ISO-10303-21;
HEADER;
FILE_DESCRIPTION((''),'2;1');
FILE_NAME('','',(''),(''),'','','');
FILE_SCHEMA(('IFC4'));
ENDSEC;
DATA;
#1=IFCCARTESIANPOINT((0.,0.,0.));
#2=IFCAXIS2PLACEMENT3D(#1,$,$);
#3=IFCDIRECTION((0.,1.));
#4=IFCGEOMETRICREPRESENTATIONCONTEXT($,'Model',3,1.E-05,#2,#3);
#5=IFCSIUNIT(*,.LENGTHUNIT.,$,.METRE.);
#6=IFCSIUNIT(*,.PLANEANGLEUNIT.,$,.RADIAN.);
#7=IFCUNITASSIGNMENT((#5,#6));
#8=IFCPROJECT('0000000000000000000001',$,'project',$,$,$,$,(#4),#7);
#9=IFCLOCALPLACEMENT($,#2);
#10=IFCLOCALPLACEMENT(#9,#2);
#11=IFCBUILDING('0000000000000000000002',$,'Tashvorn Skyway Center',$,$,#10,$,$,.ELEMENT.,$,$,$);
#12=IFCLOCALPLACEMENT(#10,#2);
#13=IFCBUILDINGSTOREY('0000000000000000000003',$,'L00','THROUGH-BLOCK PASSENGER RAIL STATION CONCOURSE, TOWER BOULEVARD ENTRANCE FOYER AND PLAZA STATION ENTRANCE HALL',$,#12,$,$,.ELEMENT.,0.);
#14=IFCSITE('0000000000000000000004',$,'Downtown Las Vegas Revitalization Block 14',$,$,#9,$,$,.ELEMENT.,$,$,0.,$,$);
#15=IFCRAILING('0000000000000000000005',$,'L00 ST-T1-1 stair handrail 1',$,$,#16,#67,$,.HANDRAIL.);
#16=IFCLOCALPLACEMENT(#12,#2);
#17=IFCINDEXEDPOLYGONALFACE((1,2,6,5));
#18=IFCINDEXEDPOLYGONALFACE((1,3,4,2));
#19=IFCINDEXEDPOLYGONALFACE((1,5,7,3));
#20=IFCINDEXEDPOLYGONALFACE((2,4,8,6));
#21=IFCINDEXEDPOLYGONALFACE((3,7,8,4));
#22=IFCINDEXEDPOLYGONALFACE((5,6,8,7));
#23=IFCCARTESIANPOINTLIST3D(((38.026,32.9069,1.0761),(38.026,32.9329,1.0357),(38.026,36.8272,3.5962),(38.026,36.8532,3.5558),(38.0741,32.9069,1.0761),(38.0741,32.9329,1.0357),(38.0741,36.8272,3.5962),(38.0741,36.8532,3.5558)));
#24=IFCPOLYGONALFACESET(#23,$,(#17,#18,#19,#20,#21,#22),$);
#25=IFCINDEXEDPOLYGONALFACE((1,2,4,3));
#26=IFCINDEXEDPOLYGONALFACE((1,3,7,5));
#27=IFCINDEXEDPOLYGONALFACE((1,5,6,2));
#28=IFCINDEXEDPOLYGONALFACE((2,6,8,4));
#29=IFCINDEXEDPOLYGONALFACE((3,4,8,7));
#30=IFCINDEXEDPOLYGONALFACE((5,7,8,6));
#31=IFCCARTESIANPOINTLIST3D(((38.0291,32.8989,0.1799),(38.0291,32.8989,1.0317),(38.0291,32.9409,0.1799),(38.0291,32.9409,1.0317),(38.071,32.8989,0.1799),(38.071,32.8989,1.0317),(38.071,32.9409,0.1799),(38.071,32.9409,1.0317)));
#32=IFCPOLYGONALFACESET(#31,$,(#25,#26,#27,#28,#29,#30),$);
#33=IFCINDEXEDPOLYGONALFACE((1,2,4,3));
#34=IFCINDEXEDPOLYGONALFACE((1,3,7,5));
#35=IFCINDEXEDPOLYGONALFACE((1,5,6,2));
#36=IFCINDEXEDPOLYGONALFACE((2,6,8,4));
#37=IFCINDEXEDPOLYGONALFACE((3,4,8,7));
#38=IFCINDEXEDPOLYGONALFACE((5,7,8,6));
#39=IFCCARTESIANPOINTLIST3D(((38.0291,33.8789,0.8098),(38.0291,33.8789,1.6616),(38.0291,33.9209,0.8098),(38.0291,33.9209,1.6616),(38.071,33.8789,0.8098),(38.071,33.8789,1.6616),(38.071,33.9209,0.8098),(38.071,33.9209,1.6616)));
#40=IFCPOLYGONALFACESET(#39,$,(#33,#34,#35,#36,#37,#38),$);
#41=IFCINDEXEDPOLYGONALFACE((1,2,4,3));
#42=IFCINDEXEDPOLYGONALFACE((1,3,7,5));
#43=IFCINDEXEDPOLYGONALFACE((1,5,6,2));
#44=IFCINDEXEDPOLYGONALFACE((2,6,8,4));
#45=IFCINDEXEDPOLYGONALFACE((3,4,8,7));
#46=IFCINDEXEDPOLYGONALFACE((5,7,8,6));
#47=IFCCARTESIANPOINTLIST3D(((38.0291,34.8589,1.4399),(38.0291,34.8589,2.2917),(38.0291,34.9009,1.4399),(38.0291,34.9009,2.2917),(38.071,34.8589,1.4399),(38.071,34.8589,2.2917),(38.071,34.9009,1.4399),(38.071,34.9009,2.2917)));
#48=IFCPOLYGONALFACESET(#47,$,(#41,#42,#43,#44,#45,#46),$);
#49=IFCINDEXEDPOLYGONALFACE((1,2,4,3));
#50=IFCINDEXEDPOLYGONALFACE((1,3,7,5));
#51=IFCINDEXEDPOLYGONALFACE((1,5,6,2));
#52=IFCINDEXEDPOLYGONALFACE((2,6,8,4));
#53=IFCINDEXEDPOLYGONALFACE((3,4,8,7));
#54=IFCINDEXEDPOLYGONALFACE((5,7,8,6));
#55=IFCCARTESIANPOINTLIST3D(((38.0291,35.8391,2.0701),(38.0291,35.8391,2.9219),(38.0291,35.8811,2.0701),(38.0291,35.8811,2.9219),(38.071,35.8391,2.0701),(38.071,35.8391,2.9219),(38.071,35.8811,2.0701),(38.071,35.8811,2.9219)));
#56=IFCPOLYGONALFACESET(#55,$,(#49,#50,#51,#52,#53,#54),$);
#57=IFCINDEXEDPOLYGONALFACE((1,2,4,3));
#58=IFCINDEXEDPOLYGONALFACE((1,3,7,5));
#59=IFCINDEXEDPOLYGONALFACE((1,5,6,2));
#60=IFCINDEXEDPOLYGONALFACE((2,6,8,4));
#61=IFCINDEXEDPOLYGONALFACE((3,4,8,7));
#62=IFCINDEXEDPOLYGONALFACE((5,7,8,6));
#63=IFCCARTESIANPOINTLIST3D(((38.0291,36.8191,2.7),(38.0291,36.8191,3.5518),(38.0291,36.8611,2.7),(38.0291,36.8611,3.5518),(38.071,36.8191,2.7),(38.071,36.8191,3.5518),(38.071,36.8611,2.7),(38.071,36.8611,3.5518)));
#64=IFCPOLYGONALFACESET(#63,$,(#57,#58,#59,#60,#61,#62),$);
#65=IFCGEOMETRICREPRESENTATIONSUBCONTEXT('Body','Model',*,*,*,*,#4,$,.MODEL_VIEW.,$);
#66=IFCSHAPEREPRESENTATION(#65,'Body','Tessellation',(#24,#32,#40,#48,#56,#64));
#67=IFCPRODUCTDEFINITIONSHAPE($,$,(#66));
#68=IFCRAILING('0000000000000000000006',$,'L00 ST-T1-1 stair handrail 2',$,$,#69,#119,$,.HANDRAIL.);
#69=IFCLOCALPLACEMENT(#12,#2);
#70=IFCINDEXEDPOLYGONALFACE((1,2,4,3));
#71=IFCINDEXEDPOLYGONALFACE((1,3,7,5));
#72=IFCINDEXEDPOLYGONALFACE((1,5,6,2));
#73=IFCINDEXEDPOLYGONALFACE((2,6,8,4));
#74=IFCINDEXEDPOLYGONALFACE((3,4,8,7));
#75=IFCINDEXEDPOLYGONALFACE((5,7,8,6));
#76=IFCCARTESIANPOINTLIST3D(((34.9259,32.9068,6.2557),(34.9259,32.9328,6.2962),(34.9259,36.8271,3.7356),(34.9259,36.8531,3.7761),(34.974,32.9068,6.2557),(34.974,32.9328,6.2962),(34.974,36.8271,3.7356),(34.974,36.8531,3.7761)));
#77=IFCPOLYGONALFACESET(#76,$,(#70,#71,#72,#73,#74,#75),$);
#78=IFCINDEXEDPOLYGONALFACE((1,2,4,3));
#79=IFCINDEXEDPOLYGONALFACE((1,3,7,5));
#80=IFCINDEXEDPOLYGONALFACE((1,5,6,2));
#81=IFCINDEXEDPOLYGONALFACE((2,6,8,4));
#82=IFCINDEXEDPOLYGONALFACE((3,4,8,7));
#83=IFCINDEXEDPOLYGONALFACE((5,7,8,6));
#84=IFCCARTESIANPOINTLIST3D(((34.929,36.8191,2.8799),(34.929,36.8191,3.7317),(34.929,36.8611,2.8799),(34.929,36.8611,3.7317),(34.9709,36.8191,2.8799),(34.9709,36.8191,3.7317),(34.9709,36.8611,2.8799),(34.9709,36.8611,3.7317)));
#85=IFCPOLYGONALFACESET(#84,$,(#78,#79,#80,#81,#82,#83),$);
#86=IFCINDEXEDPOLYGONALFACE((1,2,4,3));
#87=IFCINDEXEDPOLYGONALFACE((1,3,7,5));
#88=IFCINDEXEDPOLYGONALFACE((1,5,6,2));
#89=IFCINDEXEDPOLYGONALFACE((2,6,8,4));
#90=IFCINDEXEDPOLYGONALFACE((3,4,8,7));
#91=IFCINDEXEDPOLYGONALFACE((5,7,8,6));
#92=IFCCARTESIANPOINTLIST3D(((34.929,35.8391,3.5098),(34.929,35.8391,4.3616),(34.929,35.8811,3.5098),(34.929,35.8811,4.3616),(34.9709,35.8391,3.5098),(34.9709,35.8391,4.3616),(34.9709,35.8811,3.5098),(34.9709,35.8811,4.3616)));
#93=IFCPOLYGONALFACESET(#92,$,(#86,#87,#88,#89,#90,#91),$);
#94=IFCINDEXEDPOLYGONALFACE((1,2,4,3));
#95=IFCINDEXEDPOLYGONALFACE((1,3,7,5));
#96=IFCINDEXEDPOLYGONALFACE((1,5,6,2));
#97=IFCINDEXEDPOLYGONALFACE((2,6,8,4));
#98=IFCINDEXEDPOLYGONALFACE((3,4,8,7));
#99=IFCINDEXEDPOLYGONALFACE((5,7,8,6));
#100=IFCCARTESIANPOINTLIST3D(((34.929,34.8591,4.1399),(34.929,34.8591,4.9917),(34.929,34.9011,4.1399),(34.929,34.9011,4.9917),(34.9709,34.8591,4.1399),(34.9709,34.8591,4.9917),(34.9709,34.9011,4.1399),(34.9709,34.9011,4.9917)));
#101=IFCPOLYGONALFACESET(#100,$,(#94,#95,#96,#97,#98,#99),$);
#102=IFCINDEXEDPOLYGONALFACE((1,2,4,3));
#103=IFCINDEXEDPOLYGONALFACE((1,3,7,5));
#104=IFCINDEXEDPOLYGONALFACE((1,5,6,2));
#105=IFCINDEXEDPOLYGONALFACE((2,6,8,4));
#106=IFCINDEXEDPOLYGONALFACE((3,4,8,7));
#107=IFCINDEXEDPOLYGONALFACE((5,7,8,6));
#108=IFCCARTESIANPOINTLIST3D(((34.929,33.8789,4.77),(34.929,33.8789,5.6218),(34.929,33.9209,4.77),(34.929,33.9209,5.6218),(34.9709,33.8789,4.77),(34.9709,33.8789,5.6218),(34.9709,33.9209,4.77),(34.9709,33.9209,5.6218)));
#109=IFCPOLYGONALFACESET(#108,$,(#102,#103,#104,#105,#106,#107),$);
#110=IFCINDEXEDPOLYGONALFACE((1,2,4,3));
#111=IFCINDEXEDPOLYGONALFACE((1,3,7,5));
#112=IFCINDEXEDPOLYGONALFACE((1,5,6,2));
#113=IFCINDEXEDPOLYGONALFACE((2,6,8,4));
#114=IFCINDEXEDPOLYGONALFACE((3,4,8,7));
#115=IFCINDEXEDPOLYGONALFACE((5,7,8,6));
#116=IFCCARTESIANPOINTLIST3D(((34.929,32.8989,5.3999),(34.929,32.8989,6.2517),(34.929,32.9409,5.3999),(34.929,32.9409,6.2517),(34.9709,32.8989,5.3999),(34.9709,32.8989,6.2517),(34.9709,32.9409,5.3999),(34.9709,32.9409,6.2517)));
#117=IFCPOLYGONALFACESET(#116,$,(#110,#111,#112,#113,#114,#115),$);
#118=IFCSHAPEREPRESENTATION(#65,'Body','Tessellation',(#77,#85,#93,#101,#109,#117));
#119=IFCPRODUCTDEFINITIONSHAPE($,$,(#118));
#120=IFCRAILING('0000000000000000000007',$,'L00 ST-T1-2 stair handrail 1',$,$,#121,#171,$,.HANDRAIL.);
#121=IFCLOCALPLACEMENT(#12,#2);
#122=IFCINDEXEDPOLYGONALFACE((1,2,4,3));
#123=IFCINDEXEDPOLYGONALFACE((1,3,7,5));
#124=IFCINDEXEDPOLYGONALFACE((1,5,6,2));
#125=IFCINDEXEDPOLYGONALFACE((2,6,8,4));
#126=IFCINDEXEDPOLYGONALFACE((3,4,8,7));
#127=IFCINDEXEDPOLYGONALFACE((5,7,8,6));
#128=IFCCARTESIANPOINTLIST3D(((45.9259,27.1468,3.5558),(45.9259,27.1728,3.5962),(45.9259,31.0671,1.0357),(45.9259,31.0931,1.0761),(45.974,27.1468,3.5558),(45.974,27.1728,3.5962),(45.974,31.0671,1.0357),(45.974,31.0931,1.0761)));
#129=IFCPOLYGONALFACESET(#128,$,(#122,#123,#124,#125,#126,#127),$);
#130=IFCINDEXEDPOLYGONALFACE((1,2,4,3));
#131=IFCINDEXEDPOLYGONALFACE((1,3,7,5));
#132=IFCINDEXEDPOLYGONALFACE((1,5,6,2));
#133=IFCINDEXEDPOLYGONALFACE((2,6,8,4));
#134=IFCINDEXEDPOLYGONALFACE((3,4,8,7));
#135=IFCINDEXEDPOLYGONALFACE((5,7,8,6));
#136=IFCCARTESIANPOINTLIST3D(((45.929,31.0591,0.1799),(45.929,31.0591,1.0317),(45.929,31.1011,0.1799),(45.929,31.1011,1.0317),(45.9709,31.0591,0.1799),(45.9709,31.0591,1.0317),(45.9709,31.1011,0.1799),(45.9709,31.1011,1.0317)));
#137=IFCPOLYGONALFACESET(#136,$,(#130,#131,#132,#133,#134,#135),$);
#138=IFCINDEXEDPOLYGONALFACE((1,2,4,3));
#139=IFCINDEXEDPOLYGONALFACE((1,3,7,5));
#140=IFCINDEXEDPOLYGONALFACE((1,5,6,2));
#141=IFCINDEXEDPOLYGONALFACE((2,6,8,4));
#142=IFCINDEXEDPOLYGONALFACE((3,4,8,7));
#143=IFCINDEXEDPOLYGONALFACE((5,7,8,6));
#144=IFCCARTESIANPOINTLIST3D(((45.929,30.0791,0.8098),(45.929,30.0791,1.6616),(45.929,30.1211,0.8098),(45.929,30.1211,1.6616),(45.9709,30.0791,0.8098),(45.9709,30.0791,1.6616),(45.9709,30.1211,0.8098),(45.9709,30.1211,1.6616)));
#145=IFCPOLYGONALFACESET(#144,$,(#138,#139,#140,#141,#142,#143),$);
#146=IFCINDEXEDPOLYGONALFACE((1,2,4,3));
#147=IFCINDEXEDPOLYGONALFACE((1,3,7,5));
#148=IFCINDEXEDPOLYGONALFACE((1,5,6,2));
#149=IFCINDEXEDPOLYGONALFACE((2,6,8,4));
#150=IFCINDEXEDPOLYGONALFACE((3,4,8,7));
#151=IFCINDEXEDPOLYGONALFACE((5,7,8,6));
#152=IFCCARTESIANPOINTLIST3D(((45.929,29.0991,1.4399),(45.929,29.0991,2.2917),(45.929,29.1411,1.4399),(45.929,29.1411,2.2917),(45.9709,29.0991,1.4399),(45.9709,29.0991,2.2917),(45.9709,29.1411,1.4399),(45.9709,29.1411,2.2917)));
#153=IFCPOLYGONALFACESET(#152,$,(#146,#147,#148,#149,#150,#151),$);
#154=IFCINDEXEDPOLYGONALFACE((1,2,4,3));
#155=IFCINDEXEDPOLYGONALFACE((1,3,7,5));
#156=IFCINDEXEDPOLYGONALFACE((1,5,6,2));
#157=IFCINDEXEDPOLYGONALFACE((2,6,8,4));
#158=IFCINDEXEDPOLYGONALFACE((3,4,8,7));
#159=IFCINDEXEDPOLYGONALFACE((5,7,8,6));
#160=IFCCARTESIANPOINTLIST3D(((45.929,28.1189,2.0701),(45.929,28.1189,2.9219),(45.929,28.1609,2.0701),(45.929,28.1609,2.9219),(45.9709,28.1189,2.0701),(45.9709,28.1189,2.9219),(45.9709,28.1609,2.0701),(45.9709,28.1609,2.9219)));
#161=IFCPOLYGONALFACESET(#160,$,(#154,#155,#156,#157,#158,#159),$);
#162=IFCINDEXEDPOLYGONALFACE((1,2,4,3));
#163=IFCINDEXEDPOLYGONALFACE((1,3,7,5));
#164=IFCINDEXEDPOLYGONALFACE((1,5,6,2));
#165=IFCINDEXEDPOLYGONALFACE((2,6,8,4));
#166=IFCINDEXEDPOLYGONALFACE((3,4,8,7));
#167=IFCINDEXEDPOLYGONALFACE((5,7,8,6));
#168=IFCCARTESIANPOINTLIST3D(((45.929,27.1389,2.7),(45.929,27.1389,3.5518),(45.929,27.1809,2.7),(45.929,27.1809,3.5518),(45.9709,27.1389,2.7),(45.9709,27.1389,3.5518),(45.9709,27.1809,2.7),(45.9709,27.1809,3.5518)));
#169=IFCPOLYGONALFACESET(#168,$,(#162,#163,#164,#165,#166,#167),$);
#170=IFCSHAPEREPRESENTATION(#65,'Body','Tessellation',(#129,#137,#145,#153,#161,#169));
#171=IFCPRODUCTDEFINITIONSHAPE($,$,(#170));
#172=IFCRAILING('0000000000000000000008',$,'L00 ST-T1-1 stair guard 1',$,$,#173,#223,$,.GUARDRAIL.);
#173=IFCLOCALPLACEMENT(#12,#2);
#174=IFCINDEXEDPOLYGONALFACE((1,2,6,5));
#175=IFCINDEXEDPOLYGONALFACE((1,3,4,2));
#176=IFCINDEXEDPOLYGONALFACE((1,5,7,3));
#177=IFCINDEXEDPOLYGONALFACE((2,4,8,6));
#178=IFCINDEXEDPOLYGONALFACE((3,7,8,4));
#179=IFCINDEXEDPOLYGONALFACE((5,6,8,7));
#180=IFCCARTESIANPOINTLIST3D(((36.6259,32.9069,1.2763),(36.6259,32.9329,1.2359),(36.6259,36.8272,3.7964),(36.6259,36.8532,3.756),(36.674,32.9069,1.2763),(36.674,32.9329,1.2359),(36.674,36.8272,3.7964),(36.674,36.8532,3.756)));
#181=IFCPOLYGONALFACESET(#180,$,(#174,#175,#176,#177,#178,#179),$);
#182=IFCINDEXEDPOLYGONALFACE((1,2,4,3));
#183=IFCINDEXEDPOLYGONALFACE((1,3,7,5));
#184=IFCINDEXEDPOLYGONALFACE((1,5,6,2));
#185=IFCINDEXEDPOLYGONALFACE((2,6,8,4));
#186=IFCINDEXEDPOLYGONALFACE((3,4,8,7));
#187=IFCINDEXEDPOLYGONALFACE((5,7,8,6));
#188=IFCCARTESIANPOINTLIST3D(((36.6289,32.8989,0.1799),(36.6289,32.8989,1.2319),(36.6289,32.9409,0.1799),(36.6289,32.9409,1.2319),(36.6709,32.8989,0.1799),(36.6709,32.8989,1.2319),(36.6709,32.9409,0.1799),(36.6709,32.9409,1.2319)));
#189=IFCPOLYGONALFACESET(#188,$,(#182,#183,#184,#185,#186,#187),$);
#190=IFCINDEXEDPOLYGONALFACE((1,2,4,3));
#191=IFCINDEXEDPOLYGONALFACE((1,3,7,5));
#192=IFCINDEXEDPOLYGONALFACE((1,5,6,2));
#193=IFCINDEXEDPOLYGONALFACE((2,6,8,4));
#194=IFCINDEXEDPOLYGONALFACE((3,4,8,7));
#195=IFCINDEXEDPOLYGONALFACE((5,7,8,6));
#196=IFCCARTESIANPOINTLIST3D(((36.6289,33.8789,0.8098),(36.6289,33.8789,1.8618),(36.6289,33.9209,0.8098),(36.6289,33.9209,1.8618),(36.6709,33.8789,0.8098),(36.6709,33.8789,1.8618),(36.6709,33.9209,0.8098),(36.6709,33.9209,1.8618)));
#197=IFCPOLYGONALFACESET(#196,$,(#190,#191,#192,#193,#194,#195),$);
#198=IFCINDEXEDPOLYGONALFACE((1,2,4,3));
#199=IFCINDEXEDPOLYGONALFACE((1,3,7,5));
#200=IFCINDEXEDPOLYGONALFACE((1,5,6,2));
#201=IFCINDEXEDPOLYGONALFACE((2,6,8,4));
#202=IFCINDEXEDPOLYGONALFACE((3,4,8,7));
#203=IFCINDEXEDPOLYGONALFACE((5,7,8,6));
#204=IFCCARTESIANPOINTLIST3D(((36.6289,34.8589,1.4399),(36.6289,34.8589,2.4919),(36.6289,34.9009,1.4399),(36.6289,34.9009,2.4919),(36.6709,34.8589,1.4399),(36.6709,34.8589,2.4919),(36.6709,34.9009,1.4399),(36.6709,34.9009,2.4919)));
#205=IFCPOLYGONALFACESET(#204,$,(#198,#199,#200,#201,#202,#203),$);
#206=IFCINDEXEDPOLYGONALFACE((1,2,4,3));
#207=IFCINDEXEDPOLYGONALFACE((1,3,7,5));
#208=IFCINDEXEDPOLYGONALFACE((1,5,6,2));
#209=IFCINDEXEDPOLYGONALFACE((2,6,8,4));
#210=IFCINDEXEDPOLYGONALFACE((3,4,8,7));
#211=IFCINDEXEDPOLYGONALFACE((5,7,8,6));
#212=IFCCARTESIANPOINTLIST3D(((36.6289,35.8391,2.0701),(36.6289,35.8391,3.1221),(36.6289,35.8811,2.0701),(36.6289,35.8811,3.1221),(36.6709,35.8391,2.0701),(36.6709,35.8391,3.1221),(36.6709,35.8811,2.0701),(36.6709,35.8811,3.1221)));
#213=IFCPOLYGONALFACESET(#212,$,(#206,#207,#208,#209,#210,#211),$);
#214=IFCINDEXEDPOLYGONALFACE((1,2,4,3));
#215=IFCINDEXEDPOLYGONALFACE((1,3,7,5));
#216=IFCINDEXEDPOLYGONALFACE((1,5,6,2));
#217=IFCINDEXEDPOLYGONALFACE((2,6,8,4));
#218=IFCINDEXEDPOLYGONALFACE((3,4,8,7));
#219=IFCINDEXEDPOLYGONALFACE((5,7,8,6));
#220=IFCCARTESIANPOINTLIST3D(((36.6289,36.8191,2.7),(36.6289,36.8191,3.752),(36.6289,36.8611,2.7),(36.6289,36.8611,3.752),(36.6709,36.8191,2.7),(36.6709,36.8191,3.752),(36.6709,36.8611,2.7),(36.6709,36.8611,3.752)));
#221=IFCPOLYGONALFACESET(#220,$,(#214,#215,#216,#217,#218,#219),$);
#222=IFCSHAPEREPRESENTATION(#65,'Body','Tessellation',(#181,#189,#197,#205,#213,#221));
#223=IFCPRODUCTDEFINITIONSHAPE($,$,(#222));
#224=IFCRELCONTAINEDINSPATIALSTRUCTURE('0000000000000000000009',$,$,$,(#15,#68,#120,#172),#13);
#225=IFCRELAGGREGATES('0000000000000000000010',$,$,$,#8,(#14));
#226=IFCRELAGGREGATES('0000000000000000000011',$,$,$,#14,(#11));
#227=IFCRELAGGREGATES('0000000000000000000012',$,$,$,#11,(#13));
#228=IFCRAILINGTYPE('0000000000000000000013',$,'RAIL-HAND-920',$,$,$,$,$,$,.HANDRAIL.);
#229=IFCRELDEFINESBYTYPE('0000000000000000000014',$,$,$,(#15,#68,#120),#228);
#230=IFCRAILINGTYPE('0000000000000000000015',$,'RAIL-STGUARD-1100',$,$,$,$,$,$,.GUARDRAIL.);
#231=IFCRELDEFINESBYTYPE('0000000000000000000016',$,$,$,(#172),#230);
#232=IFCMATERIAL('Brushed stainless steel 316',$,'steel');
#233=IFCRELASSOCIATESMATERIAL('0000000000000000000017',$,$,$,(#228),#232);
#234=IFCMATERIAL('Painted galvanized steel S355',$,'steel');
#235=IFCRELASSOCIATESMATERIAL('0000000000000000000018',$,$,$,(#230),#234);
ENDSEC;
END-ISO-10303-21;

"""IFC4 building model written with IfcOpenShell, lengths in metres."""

from ifc_helpers import new_model, si_unit, direction, frame, origin, origin_2d, place, context, subcontext, project, spatial, rectangle, extrude, material, type_object, element, save


model = new_model("IFC4")

# Units and contexts
model_context = context("Model", 3, precision=1e-05, world=origin(), true_north=direction((0.0, 1.0)))
body_context = subcontext(model_context, "Body", "Model", "MODEL_VIEW")
ifc_project = project(units=[si_unit("LENGTHUNIT", "METRE"), si_unit("PLANEANGLEUNIT", "RADIAN")], contexts=[model_context])

# Site, building, storey
site_placement = place(None, origin())
site = spatial("IfcSite", under=ifc_project, at=site_placement, Name="Downtown Las Vegas Revitalization Block 14", CompositionType="ELEMENT", RefElevation=0.0)
building_placement = place(site_placement, origin())
building = spatial("IfcBuilding", under=site, at=building_placement, Name="Tashvorn Skyway Center", CompositionType="ELEMENT")
storey_placement = place(building_placement, origin())
storey = spatial("IfcBuildingStorey", under=building, at=storey_placement, Name="L00", Description="THROUGH-BLOCK PASSENGER RAIL STATION CONCOURSE, TOWER BOULEVARD ENTRANCE FOYER AND PLAZA STATION ENTRANCE HALL", CompositionType="ELEMENT", Elevation=0.0)

# Railings
ifc_material_1 = material(Name="Brushed stainless steel 316", Category="steel")
railing_type_1 = type_object("IfcRailingType", Name="RAIL-HAND-920", PredefinedType="HANDRAIL", material=ifc_material_1)
railing_1_placement = place(storey_placement, frame((38.05, 32.9199, 0.1799)))
element("IfcRailing", 1, at=railing_1_placement, inside=storey, type_object=railing_type_1, Name="L00 ST-T1-1 stair handrail 1", PredefinedType="HANDRAIL", context=body_context, shape_type="SweptSolid", body=[
    extrude(rectangle(XDim=0.0481, YDim=0.0481, at=origin_2d()), frame((0.0, 0.0, 0.876), z_axis=(0.0, 0.841187, 0.540744), x_axis=(-1.0, 0.0, 0.0)), (0.0, 0.0, 1.0), 4.6604),
    extrude(rectangle(XDim=0.042, YDim=0.042, at=origin_2d()), origin(), (0.0, 0.0, 1.0), 0.8518),
    extrude(rectangle(XDim=0.042, YDim=0.042, at=origin_2d()), frame((0.0, 0.98, 0.6299)), (0.0, 0.0, 1.0), 0.8518),
    extrude(rectangle(XDim=0.042, YDim=0.042, at=origin_2d()), frame((0.0, 1.96, 1.26)), (0.0, 0.0, 1.0), 0.8518),
    extrude(rectangle(XDim=0.042, YDim=0.042, at=origin_2d()), frame((0.0, 2.9402, 1.8901)), (0.0, 0.0, 1.0), 0.8518),
    extrude(rectangle(XDim=0.042, YDim=0.042, at=origin_2d()), frame((0.0, 3.9202, 2.52)), (0.0, 0.0, 1.0), 0.8518),
])
for number, where, name in (
    (2, (34.95, 36.8401, 2.8799), "L00 ST-T1-1 stair handrail 2"),
    (3, (45.95, 31.0801, 0.1799), "L00 ST-T1-2 stair handrail 1"),
):
    element("IfcRailing", number, at=place(storey_placement, frame(where)), inside=storey, type_object=railing_type_1, Name=name, PredefinedType="HANDRAIL", context=body_context, shape_type="SweptSolid", body=[
        extrude(rectangle(XDim=0.0481, YDim=0.0481, at=origin_2d()), frame((0.0, 0.0, 0.876), z_axis=(0.0, -0.841187, 0.540744), x_axis=(1.0, 0.0, 0.0)), (0.0, 0.0, 1.0), 4.6604),
        extrude(rectangle(XDim=0.042, YDim=0.042, at=origin_2d()), origin(), (0.0, 0.0, 1.0), 0.8518),
        extrude(rectangle(XDim=0.042, YDim=0.042, at=origin_2d()), frame((0.0, -0.98, 0.6299)), (0.0, 0.0, 1.0), 0.8518),
        extrude(rectangle(XDim=0.042, YDim=0.042, at=origin_2d()), frame((0.0, -1.96, 1.26)), (0.0, 0.0, 1.0), 0.8518),
        extrude(rectangle(XDim=0.042, YDim=0.042, at=origin_2d()), frame((0.0, -2.9402, 1.8901)), (0.0, 0.0, 1.0), 0.8518),
        extrude(rectangle(XDim=0.042, YDim=0.042, at=origin_2d()), frame((0.0, -3.9202, 2.52)), (0.0, 0.0, 1.0), 0.8518),
    ])
ifc_material_2 = material(Name="Painted galvanized steel S355", Category="steel")
railing_type_2 = type_object("IfcRailingType", Name="RAIL-STGUARD-1100", PredefinedType="GUARDRAIL", material=ifc_material_2)
railing_2_placement = place(storey_placement, frame((36.6499, 32.9199, 0.1799)))
element("IfcRailing", 4, at=railing_2_placement, inside=storey, type_object=railing_type_2, Name="L00 ST-T1-1 stair guard 1", PredefinedType="GUARDRAIL", context=body_context, shape_type="SweptSolid", body=[
    extrude(rectangle(XDim=0.0481, YDim=0.0481, at=origin_2d()), frame((0.0, 0.0, 1.0762), z_axis=(0.0, 0.841187, 0.540744), x_axis=(-1.0, 0.0, 0.0)), (0.0, 0.0, 1.0), 4.6604),
    extrude(rectangle(XDim=0.042, YDim=0.042, at=origin_2d()), origin(), (0.0, 0.0, 1.0), 1.052),
    extrude(rectangle(XDim=0.042, YDim=0.042, at=origin_2d()), frame((0.0, 0.98, 0.6299)), (0.0, 0.0, 1.0), 1.052),
    extrude(rectangle(XDim=0.042, YDim=0.042, at=origin_2d()), frame((0.0, 1.96, 1.26)), (0.0, 0.0, 1.0), 1.052),
    extrude(rectangle(XDim=0.042, YDim=0.042, at=origin_2d()), frame((0.0, 2.9402, 1.8901)), (0.0, 0.0, 1.0), 1.052),
    extrude(rectangle(XDim=0.042, YDim=0.042, at=origin_2d()), frame((0.0, 3.9202, 2.52)), (0.0, 0.0, 1.0), 1.052),
])

save(model, "model.ifc")
